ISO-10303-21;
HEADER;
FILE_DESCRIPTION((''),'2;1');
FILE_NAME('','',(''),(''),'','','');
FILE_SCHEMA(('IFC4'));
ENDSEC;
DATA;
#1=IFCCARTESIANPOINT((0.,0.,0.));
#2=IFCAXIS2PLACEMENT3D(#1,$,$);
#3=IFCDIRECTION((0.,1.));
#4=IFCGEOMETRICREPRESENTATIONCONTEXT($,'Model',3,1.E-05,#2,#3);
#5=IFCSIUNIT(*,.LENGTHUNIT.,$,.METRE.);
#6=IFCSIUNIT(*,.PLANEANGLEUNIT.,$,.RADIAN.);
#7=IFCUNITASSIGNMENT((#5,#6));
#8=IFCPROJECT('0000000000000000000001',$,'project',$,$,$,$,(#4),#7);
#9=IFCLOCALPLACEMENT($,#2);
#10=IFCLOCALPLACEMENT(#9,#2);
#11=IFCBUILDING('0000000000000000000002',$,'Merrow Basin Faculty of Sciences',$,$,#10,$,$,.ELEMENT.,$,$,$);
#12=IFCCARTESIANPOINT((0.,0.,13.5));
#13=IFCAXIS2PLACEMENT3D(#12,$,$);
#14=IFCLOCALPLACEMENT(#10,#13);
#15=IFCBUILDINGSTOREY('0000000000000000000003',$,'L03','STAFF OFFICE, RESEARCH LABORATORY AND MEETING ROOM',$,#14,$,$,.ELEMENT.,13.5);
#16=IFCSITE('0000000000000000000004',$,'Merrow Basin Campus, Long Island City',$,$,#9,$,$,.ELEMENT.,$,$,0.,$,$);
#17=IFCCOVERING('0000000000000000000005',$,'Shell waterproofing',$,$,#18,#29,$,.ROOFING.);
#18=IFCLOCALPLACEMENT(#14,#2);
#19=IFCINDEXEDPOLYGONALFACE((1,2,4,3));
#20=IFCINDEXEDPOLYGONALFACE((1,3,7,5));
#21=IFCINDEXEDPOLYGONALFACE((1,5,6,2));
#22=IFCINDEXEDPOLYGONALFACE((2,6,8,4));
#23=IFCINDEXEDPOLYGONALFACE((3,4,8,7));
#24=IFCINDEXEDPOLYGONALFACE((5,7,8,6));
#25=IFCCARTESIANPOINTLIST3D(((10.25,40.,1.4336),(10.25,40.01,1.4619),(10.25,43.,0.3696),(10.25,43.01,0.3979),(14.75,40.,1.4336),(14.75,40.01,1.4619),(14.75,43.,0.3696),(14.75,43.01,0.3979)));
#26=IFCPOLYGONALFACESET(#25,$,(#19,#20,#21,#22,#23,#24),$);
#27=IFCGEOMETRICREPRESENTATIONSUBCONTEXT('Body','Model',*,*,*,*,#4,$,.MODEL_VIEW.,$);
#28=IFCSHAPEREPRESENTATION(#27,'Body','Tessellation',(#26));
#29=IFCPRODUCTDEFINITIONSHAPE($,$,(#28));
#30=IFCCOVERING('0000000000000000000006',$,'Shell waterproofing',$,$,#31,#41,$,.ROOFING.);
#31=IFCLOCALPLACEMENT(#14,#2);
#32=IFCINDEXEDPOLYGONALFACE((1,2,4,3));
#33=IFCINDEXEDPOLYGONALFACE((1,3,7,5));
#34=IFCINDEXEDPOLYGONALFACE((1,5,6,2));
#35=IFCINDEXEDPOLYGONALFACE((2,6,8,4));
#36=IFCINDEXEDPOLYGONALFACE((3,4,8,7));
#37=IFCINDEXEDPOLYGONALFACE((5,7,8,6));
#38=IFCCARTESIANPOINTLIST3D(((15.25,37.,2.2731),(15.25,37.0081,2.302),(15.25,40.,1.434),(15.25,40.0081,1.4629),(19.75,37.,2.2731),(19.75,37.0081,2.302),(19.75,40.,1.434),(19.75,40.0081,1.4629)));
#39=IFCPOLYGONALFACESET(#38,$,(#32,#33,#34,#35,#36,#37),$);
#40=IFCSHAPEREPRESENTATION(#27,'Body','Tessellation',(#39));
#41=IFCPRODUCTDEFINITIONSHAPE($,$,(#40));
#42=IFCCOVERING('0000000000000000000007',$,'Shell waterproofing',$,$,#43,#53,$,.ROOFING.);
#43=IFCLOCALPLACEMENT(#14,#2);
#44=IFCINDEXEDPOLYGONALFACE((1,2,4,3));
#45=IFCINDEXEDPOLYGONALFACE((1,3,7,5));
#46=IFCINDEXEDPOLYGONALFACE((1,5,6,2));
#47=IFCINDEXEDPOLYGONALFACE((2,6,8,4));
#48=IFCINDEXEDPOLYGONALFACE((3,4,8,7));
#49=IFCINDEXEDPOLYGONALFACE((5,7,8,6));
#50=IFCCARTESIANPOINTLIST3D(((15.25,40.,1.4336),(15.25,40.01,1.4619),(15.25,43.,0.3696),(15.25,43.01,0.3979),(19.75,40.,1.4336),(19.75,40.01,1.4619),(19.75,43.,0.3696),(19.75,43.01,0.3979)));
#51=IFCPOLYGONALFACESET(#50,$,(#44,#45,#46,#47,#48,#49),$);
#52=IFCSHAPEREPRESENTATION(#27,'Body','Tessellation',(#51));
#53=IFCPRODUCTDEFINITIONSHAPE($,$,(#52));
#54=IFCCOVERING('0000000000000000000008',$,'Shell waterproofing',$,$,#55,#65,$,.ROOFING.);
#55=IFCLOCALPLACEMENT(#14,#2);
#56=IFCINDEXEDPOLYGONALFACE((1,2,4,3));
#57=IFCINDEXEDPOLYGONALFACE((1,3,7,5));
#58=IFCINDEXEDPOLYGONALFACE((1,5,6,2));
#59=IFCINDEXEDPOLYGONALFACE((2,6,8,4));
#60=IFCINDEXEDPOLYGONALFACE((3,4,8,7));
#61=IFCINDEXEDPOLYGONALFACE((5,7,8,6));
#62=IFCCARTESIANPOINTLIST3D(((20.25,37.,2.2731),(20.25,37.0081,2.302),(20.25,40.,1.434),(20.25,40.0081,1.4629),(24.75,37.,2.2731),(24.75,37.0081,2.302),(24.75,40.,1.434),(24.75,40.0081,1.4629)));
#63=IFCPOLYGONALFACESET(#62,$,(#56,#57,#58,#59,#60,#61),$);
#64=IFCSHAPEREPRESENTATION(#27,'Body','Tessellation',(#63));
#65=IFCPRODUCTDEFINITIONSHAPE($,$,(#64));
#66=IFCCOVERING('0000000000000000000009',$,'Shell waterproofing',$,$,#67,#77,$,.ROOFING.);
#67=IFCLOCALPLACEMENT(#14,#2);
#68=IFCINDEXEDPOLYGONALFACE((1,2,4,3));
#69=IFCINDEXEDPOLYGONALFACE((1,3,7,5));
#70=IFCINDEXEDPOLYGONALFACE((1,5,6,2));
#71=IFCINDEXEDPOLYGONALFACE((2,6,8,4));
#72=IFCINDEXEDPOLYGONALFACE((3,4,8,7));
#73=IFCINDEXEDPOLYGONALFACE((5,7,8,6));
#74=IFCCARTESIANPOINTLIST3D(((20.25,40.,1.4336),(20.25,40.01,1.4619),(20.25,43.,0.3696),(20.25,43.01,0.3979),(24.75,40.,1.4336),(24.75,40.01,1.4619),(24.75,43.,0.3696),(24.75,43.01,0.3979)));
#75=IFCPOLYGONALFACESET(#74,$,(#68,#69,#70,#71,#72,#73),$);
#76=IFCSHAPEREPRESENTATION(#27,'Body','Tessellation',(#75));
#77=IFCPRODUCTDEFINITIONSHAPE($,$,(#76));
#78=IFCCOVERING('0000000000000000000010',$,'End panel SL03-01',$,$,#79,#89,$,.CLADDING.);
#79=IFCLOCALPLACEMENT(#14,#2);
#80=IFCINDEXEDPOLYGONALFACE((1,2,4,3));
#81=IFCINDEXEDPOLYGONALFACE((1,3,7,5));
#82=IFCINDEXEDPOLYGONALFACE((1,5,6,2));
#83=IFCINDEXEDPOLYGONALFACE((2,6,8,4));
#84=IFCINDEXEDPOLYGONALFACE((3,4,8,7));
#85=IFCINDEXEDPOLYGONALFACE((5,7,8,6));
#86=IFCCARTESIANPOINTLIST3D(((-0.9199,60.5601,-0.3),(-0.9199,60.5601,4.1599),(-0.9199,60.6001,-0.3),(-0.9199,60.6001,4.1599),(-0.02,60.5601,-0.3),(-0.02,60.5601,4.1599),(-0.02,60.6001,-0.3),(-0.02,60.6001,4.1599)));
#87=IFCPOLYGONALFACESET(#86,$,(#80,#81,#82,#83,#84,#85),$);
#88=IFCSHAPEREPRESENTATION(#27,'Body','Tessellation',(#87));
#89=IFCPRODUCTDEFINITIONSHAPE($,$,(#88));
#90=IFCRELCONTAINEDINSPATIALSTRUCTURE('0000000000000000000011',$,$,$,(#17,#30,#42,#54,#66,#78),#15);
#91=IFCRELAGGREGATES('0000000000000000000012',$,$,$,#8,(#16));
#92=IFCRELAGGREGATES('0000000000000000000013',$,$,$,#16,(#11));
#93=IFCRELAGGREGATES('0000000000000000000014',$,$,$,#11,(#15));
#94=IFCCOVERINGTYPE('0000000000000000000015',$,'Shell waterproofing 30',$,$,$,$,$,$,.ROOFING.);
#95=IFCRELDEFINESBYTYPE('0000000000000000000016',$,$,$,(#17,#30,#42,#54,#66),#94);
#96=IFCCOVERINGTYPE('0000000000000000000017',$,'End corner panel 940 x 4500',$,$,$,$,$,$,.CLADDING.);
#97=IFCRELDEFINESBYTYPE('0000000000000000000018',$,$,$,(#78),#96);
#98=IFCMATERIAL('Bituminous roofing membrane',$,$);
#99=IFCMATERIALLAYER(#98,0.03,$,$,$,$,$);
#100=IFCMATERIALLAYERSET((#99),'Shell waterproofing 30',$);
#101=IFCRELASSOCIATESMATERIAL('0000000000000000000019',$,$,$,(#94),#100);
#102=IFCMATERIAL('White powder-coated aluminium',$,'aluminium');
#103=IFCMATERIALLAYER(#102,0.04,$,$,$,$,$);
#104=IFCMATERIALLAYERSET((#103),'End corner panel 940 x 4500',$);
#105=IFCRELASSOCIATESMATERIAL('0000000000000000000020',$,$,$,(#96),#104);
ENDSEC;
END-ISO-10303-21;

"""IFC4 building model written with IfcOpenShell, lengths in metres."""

from ifc_helpers import new_model, si_unit, direction, frame, origin, place, context, subcontext, project, spatial, polyline, outline, extrude, source, transform, mapped, material, layer, layer_set, type_object, element, save


model = new_model("IFC4")

# Units and contexts
model_context = context("Model", 3, precision=1e-05, world=origin(), true_north=direction((0.0, 1.0)))
body_context = subcontext(model_context, "Body", "Model", "MODEL_VIEW")
ifc_project = project(units=[si_unit("LENGTHUNIT", "METRE"), si_unit("PLANEANGLEUNIT", "RADIAN")], contexts=[model_context])

# Site, building, storey
site_placement = place(None, origin())
site = spatial("IfcSite", under=ifc_project, at=site_placement, Name="Merrow Basin Campus, Long Island City", CompositionType="ELEMENT", RefElevation=0.0)
building_placement = place(site_placement, origin())
building = spatial("IfcBuilding", under=site, at=building_placement, Name="Merrow Basin Faculty of Sciences", CompositionType="ELEMENT")
storey_placement = place(building_placement, frame((0.0, 0.0, 13.5)))
storey = spatial("IfcBuildingStorey", under=building, at=storey_placement, Name="L03", Description="STAFF OFFICE, RESEARCH LABORATORY AND MEETING ROOM", CompositionType="ELEMENT", Elevation=13.5)

# Coverings
ifc_material_1 = material(Name="Bituminous roofing membrane")
ifc_layer_1 = layer(ifc_material_1, 0.03)
ifc_layer_set_1 = layer_set([ifc_layer_1], Name="Shell waterproofing 30")
covering_type_1 = type_object("IfcCoveringType", Name="Shell waterproofing 30", PredefinedType="ROOFING", material=ifc_layer_set_1)
covering_1_placement = place(storey_placement, frame((10.25, 40.01, 1.4619), z_axis=(0.0, 0.334256, 0.942482), x_axis=(1.0, 0.0, 0.0)))
element("IfcCovering", 1, at=covering_1_placement, inside=storey, type_object=covering_type_1, Name="Shell waterproofing", PredefinedType="ROOFING", context=body_context, shape_type="SweptSolid", body=[
    extrude(outline(polyline([(0.0, 0.0), (4.5, 0.0), (4.5, 3.1831), (0.0, 3.1831), (0.0, 0.0)])), origin(), (0.0, 0.0, -1.0), 0.03),
])
covering_2_placement = place(storey_placement, frame((15.25, 37.0081, 2.302), z_axis=(0.0, 0.269365, 0.963038), x_axis=(1.0, 0.0, 0.0)))
element("IfcCovering", 2, at=covering_2_placement, inside=storey, type_object=covering_type_1, Name="Shell waterproofing", PredefinedType="ROOFING", context=body_context, shape_type="SweptSolid", body=[
    extrude(outline(polyline([(0.0, 0.0), (4.5, 0.0), (4.5, 3.1151), (0.0, 3.1151), (0.0, 0.0)])), origin(), (0.0, 0.0, -1.0), 0.03),
])
covering_3_placement = place(storey_placement, frame((15.25, 40.01, 1.4619), z_axis=(0.0, 0.334256, 0.942482), x_axis=(1.0, 0.0, 0.0)))
element("IfcCovering", 3, at=covering_3_placement, inside=storey, type_object=covering_type_1, Name="Shell waterproofing", PredefinedType="ROOFING", context=body_context, shape_type="SweptSolid", body=[
    extrude(outline(polyline([(0.0, 0.0), (4.5, 0.0), (4.5, 3.1831), (0.0, 3.1831), (0.0, 0.0)])), origin(), (0.0, 0.0, -1.0), 0.03),
])
covering_4_placement = place(storey_placement, frame((20.25, 37.0081, 2.302), z_axis=(0.0, 0.269365, 0.963038), x_axis=(1.0, 0.0, 0.0)))
element("IfcCovering", 4, at=covering_4_placement, inside=storey, type_object=covering_type_1, Name="Shell waterproofing", PredefinedType="ROOFING", context=body_context, shape_type="SweptSolid", body=[
    extrude(outline(polyline([(0.0, 0.0), (4.5, 0.0), (4.5, 3.1151), (0.0, 3.1151), (0.0, 0.0)])), origin(), (0.0, 0.0, -1.0), 0.03),
])
covering_5_placement = place(storey_placement, frame((20.25, 40.01, 1.4619), z_axis=(0.0, 0.334256, 0.942482), x_axis=(1.0, 0.0, 0.0)))
element("IfcCovering", 5, at=covering_5_placement, inside=storey, type_object=covering_type_1, Name="Shell waterproofing", PredefinedType="ROOFING", context=body_context, shape_type="SweptSolid", body=[
    extrude(outline(polyline([(0.0, 0.0), (4.5, 0.0), (4.5, 3.1831), (0.0, 3.1831), (0.0, 0.0)])), origin(), (0.0, 0.0, -1.0), 0.03),
])
ifc_material_2 = material(Name="White powder-coated aluminium", Category="aluminium")
ifc_layer_2 = layer(ifc_material_2, 0.04)
ifc_layer_set_2 = layer_set([ifc_layer_2], Name="End corner panel 940 x 4500")
covering_type_2 = type_object("IfcCoveringType", Name="End corner panel 940 x 4500", PredefinedType="CLADDING", material=ifc_layer_set_2)
shared_shape = source(origin(), body_context, "Body", "SweptSolid", [
    extrude(outline(polyline([(0.02, 0.02), (0.9199, 0.02), (0.9199, 4.48), (0.02, 4.48), (0.02, 0.02)])), origin(), (0.0, 0.0, 1.0), 0.04),
])
covering_6_placement = place(storey_placement, frame((0.0, 60.5601, -0.3201), z_axis=(0.0, 1.0, 0.0), x_axis=(-1.0, 0.0, 0.0)))
element("IfcCovering", 6, at=covering_6_placement, inside=storey, type_object=covering_type_2, Name="End panel SL03-01", PredefinedType="CLADDING", context=body_context, shape_type="MappedRepresentation", body=[
    mapped(shared_shape, transform((0.0, 0.0, 0.0), scale=1.0)),
])

save(model, "model.ifc")
